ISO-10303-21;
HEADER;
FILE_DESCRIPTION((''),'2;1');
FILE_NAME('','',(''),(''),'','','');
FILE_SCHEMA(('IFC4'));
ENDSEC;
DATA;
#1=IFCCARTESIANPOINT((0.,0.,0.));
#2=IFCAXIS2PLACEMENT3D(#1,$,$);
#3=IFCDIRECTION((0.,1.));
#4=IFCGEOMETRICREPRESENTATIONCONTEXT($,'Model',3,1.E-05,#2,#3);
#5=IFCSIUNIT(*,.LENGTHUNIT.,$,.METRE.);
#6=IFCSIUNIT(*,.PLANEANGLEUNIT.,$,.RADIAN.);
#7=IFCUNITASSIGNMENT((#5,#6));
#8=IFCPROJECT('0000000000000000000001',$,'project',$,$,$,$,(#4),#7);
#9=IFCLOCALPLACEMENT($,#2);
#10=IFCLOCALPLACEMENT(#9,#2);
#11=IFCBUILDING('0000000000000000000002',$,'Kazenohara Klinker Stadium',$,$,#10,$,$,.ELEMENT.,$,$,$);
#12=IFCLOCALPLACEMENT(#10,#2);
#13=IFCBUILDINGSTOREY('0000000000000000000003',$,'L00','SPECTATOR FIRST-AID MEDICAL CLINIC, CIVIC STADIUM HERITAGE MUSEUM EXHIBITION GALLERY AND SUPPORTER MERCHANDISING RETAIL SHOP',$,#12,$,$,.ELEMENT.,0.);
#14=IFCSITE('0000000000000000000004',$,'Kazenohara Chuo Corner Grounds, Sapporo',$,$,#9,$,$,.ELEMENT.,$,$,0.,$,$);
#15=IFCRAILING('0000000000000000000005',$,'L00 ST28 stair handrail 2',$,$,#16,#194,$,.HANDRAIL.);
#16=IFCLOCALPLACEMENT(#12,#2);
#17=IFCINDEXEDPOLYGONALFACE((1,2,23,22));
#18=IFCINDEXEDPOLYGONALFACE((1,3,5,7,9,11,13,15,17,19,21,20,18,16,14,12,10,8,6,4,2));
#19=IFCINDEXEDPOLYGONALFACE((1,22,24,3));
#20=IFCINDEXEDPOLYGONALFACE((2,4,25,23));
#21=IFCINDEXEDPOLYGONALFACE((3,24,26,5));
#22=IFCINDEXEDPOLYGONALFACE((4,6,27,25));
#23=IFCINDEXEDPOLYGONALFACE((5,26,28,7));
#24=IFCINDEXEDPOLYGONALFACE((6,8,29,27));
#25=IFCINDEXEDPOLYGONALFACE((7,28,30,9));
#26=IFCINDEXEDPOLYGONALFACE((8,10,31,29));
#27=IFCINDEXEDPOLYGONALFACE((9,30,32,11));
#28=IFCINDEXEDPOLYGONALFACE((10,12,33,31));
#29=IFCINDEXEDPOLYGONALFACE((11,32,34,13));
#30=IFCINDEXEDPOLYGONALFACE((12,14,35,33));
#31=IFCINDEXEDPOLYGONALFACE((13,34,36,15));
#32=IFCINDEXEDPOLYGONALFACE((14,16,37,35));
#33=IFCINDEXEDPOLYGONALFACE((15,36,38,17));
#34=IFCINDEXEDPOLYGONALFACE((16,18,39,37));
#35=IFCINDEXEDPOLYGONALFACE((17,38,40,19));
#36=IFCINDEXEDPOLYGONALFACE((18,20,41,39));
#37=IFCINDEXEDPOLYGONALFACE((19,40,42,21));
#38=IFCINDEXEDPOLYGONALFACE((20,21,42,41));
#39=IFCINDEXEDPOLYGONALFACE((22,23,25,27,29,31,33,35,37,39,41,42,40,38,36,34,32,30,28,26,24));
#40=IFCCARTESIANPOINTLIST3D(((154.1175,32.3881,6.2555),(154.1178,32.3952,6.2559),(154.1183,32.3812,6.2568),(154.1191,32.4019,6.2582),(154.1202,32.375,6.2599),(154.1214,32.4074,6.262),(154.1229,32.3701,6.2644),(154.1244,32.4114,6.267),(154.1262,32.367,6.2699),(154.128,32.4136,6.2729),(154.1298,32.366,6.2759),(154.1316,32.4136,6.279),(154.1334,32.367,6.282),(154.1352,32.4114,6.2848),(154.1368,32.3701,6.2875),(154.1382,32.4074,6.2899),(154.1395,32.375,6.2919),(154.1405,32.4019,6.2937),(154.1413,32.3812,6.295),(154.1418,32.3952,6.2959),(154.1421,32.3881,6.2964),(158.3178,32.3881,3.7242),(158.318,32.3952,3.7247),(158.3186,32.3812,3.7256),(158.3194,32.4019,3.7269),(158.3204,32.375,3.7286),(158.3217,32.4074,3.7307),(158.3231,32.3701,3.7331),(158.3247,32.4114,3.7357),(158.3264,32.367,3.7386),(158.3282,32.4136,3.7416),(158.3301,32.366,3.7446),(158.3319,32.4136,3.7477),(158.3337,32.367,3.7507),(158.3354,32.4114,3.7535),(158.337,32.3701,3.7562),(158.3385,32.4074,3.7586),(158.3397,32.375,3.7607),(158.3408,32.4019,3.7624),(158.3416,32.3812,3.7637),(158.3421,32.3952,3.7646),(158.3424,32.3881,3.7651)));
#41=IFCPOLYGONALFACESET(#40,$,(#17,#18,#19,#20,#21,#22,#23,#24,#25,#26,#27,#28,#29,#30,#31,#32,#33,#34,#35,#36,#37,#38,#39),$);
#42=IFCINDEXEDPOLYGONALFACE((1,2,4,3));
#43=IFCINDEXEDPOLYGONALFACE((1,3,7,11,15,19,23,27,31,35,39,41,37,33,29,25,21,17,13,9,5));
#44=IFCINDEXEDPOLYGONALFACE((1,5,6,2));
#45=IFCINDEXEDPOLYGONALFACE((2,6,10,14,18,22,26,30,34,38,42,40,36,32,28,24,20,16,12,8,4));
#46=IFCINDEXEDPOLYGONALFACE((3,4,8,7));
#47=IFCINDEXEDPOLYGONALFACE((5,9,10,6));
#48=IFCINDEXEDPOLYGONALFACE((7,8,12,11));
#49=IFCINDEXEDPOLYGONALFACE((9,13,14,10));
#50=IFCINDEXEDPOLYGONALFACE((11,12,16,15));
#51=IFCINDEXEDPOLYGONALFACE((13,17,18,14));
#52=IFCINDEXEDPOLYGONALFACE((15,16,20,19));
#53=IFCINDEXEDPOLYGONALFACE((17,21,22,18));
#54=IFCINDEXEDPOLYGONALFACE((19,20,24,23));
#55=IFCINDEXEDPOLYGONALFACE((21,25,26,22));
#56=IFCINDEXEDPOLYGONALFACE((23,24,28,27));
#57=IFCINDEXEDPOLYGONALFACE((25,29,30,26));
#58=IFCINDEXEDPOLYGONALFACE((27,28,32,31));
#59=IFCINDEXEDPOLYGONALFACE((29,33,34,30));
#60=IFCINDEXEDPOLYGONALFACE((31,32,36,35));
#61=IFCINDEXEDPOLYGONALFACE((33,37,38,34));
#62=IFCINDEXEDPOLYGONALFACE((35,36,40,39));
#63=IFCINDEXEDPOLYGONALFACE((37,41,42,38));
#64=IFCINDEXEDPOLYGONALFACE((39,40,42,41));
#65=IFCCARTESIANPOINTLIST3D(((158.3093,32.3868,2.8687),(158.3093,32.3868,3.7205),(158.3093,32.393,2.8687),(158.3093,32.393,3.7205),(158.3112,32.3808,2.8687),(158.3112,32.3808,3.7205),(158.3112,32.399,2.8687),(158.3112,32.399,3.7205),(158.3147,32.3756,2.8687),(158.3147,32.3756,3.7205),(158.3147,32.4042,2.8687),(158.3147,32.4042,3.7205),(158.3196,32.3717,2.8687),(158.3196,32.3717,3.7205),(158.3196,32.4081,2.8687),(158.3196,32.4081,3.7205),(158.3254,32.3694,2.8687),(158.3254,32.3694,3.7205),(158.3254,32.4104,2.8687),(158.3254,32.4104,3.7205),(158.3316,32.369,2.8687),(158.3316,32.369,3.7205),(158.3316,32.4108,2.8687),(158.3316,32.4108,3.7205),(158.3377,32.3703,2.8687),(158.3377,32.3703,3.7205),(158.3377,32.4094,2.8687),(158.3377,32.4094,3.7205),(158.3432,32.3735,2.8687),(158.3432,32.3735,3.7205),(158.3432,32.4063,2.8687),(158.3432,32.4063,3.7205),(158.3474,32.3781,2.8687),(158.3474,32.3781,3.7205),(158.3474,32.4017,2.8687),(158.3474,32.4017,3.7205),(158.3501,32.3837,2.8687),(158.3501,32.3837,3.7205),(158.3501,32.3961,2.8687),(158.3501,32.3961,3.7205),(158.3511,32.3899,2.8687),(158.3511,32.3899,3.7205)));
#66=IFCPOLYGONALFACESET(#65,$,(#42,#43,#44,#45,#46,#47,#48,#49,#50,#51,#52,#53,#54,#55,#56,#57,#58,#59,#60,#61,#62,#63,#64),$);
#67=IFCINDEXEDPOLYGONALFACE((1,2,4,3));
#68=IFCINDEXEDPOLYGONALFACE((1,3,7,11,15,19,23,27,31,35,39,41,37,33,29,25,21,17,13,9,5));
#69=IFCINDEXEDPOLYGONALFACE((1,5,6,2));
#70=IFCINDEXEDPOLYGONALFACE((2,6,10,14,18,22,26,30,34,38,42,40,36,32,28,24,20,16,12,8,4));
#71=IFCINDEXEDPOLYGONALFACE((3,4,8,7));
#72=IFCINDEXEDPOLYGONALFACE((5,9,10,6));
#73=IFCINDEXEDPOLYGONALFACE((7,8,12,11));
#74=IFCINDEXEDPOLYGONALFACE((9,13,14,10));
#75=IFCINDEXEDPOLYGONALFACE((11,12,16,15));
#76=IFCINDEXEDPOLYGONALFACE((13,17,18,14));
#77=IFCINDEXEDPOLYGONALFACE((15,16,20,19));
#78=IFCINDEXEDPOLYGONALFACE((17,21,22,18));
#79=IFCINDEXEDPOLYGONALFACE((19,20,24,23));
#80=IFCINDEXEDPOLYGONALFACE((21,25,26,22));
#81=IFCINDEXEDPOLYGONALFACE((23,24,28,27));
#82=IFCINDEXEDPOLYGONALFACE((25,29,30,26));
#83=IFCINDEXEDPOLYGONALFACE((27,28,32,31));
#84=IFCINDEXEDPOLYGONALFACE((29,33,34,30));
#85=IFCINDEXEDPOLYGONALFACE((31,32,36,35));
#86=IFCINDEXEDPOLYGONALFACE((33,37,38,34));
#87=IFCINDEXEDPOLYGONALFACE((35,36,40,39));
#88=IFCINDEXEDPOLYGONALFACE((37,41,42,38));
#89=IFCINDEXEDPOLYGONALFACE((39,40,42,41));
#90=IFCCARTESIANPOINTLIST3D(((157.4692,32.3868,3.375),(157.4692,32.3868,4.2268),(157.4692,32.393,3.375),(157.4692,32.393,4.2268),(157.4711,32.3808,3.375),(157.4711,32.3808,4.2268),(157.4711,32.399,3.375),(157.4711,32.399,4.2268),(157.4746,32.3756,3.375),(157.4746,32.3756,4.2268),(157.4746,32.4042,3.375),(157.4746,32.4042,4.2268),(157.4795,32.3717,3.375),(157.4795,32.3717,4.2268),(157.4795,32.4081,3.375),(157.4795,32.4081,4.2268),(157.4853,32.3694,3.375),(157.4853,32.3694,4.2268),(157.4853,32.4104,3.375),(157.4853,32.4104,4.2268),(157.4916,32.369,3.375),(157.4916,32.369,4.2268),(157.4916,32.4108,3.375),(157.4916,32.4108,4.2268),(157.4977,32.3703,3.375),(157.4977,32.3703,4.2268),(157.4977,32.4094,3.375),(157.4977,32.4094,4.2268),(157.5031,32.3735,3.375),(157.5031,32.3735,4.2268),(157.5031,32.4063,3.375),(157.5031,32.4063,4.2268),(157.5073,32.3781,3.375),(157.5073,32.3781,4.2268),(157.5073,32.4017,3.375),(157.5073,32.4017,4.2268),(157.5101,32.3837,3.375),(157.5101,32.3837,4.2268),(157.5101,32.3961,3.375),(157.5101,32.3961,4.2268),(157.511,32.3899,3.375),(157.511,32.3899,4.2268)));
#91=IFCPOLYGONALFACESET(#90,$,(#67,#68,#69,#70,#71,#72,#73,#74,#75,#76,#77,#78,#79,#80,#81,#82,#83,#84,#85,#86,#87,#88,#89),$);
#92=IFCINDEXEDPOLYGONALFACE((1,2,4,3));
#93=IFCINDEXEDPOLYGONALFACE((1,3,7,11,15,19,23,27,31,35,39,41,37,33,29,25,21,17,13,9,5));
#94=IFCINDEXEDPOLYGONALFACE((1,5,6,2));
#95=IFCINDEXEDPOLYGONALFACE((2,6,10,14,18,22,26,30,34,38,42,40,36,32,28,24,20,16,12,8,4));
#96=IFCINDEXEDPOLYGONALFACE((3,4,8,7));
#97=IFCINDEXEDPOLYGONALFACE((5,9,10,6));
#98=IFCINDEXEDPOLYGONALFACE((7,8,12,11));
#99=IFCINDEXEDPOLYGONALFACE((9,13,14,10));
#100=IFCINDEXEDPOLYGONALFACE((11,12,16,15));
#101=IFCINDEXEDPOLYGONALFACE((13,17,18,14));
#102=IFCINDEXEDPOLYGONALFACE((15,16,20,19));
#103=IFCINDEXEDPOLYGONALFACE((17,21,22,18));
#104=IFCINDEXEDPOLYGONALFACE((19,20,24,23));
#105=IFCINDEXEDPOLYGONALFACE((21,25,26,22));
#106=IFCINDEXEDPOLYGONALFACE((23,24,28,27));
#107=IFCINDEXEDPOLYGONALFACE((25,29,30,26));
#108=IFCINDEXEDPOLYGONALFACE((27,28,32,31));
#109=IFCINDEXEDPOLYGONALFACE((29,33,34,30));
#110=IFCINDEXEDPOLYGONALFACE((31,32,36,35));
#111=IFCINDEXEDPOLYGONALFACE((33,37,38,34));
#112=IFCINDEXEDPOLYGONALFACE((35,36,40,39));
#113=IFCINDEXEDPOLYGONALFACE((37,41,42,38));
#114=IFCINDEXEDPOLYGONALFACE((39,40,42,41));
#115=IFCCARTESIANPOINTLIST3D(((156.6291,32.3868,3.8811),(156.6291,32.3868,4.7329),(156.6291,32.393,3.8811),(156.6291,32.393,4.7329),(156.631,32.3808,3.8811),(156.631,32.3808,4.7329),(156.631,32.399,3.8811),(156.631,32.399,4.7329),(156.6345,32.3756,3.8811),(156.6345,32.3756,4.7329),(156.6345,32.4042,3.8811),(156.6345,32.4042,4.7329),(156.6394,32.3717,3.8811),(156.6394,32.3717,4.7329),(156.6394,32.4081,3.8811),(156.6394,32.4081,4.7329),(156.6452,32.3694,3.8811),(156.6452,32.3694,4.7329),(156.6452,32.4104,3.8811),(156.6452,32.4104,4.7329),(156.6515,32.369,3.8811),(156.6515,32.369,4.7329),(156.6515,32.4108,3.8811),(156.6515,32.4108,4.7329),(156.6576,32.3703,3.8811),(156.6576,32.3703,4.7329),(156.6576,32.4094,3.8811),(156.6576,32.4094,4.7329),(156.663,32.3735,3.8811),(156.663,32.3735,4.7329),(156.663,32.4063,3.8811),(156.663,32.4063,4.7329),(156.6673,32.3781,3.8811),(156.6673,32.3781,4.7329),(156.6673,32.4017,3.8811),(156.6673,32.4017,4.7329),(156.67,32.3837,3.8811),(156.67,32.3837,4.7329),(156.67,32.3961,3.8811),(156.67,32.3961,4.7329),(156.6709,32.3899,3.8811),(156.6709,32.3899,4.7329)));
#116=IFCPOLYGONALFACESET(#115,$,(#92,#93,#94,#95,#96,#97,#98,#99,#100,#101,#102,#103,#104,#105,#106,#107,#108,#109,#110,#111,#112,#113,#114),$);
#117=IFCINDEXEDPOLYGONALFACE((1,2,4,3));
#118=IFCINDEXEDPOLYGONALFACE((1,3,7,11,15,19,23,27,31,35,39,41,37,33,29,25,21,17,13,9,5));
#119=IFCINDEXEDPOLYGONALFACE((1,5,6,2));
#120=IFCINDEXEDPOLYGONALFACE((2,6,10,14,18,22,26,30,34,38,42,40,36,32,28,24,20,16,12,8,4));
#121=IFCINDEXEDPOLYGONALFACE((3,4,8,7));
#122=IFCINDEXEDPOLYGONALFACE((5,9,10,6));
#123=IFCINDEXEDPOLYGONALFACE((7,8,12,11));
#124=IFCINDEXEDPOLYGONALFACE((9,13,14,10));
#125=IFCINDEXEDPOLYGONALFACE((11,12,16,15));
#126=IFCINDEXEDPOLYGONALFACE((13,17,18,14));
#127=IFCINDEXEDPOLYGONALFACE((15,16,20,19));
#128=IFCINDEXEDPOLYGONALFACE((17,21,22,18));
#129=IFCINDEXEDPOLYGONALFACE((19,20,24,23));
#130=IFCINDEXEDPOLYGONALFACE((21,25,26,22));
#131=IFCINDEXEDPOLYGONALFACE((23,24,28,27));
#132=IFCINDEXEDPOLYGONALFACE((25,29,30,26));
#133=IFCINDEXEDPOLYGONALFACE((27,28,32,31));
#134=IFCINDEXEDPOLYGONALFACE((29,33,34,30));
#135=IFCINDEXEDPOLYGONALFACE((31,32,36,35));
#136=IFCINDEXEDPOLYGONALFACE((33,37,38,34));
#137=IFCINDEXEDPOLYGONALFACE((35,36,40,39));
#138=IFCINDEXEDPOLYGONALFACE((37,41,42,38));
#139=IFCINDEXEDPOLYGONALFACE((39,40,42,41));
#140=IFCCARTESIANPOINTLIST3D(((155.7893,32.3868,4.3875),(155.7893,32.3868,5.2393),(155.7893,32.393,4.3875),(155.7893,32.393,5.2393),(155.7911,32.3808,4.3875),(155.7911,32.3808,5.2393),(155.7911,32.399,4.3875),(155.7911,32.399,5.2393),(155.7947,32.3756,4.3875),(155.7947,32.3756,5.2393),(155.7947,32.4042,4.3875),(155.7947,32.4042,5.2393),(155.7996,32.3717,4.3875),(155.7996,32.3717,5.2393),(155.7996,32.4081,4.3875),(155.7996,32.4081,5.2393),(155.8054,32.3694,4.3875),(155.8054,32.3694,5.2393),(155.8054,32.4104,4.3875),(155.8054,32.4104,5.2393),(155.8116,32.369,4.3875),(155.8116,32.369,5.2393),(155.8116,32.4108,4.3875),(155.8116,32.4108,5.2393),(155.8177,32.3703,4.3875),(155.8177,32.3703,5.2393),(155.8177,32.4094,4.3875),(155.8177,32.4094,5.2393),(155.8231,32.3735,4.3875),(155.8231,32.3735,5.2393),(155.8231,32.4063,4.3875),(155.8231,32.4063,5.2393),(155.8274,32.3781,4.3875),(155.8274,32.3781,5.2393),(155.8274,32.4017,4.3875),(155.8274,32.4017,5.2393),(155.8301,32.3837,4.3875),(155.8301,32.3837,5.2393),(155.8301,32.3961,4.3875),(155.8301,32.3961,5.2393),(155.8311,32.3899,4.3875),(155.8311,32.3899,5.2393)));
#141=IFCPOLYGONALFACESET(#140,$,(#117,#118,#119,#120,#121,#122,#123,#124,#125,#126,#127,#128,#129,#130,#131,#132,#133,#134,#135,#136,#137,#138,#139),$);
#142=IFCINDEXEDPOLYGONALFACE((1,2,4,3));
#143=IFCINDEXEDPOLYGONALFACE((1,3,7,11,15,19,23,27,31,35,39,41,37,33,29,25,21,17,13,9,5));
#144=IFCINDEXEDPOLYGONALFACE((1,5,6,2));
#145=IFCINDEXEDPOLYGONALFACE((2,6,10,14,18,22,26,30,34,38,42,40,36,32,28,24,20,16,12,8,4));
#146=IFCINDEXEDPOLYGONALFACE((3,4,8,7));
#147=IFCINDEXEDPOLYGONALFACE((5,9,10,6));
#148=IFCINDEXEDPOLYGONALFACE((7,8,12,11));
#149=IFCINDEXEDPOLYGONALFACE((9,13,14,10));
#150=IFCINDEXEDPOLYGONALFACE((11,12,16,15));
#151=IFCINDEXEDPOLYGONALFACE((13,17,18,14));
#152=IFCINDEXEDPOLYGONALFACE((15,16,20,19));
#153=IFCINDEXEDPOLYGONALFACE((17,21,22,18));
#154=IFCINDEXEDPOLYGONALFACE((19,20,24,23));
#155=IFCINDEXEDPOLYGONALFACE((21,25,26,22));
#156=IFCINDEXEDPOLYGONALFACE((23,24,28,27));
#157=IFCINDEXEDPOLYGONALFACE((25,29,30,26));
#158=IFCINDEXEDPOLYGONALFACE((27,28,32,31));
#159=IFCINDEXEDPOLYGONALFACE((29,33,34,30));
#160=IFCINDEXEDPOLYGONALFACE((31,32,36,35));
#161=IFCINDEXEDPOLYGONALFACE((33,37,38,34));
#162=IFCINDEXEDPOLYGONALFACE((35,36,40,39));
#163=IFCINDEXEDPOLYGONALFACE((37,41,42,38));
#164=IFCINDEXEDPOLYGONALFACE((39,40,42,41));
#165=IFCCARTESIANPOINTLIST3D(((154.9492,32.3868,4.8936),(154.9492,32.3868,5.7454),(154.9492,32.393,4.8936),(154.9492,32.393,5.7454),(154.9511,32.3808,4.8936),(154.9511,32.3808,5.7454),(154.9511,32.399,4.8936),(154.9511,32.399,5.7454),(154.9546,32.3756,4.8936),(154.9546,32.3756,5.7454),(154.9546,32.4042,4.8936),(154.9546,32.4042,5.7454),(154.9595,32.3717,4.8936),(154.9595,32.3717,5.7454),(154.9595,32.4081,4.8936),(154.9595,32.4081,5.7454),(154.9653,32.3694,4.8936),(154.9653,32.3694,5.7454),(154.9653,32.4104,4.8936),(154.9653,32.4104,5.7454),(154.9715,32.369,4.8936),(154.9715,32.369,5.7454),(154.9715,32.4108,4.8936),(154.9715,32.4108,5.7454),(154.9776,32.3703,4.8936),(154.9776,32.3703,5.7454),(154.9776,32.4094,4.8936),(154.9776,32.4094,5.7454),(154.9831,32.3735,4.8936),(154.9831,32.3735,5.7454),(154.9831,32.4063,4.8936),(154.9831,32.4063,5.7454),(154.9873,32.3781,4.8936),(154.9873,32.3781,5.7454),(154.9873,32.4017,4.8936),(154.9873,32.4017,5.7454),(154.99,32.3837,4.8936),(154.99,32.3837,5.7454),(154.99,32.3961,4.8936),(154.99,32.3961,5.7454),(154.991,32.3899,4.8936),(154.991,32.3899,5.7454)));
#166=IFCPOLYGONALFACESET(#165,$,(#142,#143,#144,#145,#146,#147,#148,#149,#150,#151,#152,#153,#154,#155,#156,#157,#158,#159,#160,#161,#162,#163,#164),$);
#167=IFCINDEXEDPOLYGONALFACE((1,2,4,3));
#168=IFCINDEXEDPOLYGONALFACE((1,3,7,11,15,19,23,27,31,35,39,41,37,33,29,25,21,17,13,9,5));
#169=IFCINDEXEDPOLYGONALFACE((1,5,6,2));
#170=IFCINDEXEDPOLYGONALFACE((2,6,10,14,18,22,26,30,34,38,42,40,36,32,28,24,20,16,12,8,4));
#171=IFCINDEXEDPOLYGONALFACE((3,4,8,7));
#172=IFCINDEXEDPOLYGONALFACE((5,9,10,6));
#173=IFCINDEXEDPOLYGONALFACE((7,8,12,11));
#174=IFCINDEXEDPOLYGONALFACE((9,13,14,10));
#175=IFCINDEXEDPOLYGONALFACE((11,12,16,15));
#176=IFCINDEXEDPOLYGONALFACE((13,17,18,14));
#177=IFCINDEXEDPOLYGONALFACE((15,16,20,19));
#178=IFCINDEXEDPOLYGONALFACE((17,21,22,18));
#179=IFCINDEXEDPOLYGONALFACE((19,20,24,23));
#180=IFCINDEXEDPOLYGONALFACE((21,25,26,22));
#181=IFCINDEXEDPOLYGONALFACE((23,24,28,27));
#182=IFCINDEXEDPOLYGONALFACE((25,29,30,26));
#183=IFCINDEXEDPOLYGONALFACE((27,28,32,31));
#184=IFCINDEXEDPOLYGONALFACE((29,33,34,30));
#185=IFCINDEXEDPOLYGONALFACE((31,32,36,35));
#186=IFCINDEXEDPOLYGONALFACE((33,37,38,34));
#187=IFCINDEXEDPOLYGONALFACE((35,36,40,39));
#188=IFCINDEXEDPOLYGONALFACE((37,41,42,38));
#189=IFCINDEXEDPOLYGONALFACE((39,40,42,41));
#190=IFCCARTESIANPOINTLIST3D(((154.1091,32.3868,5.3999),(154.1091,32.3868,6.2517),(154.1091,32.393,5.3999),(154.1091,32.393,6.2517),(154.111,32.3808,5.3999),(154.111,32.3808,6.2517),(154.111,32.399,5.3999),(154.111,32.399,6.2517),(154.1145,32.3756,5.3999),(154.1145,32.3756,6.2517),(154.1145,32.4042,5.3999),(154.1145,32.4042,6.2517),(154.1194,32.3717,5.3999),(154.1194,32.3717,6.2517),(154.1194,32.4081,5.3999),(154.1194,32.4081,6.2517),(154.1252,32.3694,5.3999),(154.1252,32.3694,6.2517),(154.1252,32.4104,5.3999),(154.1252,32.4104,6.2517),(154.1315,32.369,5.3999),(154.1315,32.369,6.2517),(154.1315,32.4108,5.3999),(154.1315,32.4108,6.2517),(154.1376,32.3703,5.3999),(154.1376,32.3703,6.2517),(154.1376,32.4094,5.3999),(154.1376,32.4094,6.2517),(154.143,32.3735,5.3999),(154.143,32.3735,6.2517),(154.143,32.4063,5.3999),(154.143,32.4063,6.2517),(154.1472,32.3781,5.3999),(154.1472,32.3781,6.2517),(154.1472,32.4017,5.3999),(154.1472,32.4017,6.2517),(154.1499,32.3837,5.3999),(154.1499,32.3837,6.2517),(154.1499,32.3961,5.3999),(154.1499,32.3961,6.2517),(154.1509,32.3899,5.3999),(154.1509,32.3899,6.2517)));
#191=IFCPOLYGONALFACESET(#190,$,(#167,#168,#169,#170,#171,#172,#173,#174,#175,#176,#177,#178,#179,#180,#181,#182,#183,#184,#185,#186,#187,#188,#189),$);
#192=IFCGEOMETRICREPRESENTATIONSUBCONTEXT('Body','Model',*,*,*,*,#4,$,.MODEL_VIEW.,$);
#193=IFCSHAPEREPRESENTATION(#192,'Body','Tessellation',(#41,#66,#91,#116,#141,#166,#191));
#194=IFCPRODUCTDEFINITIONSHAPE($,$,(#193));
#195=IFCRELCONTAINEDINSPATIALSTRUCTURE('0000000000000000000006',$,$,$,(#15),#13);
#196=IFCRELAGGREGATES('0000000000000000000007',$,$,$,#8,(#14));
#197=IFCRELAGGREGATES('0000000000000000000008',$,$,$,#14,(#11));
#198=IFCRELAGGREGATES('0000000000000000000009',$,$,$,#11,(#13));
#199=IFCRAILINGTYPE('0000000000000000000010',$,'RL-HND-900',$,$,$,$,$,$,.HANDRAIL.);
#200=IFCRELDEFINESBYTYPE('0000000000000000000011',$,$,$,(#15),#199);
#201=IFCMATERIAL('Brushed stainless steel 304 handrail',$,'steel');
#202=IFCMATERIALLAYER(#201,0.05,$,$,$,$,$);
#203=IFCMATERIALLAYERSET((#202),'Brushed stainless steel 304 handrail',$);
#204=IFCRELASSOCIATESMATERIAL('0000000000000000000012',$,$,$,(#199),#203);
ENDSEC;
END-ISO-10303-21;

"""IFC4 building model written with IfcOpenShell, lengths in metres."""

from ifc_helpers import new_model, si_unit, direction, frame, origin, origin_2d, place, context, subcontext, project, spatial, circle, extrude, material, layer, layer_set, type_object, element, save


model = new_model("IFC4")

# Units and contexts
model_context = context("Model", 3, precision=1e-05, world=origin(), true_north=direction((0.0, 1.0)))
body_context = subcontext(model_context, "Body", "Model", "MODEL_VIEW")
ifc_project = project(units=[si_unit("LENGTHUNIT", "METRE"), si_unit("PLANEANGLEUNIT", "RADIAN")], contexts=[model_context])

# Site, building, storey
site_placement = place(None, origin())
site = spatial("IfcSite", under=ifc_project, at=site_placement, Name="Kazenohara Chuo Corner Grounds, Sapporo", CompositionType="ELEMENT", RefElevation=0.0)
building_placement = place(site_placement, origin())
building = spatial("IfcBuilding", under=site, at=building_placement, Name="Kazenohara Klinker Stadium", CompositionType="ELEMENT")
storey_placement = place(building_placement, origin())
storey = spatial("IfcBuildingStorey", under=building, at=storey_placement, Name="L00", Description="SPECTATOR FIRST-AID MEDICAL CLINIC, CIVIC STADIUM HERITAGE MUSEUM EXHIBITION GALLERY AND SUPPORTER MERCHANDISING RETAIL SHOP", CompositionType="ELEMENT", Elevation=0.0)

# Railing
ifc_material_1 = material(Name="Brushed stainless steel 304 handrail", Category="steel")
ifc_layer_1 = layer(ifc_material_1, 0.05)
ifc_layer_set_1 = layer_set([ifc_layer_1], Name="Brushed stainless steel 304 handrail")
railing_type_1 = type_object("IfcRailingType", Name="RL-HND-900", PredefinedType="HANDRAIL", material=ifc_layer_set_1)
railing_1_placement = place(storey_placement, frame((158.3301, 32.3899, 2.8687)))
element("IfcRailing", 1, at=railing_1_placement, inside=storey, type_object=railing_type_1, Name="L00 ST28 stair handrail 2", PredefinedType="HANDRAIL", context=body_context, shape_type="SweptSolid", body=[
    extrude(circle(Radius=0.0239, at=origin_2d()), frame((0.0, 0.0, 0.876), z_axis=(-0.85649, 0.0, 0.516164), x_axis=(0.0, -1.0, 0.0)), (0.0, 0.0, 1.0), 4.9041),
    extrude(circle(Radius=0.021, at=origin_2d()), origin(), (0.0, 0.0, 1.0), 0.8518),
    extrude(circle(Radius=0.021, at=origin_2d()), frame((-0.8401, 0.0, 0.5063)), (0.0, 0.0, 1.0), 0.8518),
    extrude(circle(Radius=0.021, at=origin_2d()), frame((-1.6802, 0.0, 1.0125)), (0.0, 0.0, 1.0), 0.8518),
    extrude(circle(Radius=0.021, at=origin_2d()), frame((-2.52, 0.0, 1.5188)), (0.0, 0.0, 1.0), 0.8518),
    extrude(circle(Radius=0.021, at=origin_2d()), frame((-3.3601, 0.0, 2.0249)), (0.0, 0.0, 1.0), 0.8518),
    extrude(circle(Radius=0.021, at=origin_2d()), frame((-4.2002, 0.0, 2.5312)), (0.0, 0.0, 1.0), 0.8518),
])

save(model, "model.ifc")
